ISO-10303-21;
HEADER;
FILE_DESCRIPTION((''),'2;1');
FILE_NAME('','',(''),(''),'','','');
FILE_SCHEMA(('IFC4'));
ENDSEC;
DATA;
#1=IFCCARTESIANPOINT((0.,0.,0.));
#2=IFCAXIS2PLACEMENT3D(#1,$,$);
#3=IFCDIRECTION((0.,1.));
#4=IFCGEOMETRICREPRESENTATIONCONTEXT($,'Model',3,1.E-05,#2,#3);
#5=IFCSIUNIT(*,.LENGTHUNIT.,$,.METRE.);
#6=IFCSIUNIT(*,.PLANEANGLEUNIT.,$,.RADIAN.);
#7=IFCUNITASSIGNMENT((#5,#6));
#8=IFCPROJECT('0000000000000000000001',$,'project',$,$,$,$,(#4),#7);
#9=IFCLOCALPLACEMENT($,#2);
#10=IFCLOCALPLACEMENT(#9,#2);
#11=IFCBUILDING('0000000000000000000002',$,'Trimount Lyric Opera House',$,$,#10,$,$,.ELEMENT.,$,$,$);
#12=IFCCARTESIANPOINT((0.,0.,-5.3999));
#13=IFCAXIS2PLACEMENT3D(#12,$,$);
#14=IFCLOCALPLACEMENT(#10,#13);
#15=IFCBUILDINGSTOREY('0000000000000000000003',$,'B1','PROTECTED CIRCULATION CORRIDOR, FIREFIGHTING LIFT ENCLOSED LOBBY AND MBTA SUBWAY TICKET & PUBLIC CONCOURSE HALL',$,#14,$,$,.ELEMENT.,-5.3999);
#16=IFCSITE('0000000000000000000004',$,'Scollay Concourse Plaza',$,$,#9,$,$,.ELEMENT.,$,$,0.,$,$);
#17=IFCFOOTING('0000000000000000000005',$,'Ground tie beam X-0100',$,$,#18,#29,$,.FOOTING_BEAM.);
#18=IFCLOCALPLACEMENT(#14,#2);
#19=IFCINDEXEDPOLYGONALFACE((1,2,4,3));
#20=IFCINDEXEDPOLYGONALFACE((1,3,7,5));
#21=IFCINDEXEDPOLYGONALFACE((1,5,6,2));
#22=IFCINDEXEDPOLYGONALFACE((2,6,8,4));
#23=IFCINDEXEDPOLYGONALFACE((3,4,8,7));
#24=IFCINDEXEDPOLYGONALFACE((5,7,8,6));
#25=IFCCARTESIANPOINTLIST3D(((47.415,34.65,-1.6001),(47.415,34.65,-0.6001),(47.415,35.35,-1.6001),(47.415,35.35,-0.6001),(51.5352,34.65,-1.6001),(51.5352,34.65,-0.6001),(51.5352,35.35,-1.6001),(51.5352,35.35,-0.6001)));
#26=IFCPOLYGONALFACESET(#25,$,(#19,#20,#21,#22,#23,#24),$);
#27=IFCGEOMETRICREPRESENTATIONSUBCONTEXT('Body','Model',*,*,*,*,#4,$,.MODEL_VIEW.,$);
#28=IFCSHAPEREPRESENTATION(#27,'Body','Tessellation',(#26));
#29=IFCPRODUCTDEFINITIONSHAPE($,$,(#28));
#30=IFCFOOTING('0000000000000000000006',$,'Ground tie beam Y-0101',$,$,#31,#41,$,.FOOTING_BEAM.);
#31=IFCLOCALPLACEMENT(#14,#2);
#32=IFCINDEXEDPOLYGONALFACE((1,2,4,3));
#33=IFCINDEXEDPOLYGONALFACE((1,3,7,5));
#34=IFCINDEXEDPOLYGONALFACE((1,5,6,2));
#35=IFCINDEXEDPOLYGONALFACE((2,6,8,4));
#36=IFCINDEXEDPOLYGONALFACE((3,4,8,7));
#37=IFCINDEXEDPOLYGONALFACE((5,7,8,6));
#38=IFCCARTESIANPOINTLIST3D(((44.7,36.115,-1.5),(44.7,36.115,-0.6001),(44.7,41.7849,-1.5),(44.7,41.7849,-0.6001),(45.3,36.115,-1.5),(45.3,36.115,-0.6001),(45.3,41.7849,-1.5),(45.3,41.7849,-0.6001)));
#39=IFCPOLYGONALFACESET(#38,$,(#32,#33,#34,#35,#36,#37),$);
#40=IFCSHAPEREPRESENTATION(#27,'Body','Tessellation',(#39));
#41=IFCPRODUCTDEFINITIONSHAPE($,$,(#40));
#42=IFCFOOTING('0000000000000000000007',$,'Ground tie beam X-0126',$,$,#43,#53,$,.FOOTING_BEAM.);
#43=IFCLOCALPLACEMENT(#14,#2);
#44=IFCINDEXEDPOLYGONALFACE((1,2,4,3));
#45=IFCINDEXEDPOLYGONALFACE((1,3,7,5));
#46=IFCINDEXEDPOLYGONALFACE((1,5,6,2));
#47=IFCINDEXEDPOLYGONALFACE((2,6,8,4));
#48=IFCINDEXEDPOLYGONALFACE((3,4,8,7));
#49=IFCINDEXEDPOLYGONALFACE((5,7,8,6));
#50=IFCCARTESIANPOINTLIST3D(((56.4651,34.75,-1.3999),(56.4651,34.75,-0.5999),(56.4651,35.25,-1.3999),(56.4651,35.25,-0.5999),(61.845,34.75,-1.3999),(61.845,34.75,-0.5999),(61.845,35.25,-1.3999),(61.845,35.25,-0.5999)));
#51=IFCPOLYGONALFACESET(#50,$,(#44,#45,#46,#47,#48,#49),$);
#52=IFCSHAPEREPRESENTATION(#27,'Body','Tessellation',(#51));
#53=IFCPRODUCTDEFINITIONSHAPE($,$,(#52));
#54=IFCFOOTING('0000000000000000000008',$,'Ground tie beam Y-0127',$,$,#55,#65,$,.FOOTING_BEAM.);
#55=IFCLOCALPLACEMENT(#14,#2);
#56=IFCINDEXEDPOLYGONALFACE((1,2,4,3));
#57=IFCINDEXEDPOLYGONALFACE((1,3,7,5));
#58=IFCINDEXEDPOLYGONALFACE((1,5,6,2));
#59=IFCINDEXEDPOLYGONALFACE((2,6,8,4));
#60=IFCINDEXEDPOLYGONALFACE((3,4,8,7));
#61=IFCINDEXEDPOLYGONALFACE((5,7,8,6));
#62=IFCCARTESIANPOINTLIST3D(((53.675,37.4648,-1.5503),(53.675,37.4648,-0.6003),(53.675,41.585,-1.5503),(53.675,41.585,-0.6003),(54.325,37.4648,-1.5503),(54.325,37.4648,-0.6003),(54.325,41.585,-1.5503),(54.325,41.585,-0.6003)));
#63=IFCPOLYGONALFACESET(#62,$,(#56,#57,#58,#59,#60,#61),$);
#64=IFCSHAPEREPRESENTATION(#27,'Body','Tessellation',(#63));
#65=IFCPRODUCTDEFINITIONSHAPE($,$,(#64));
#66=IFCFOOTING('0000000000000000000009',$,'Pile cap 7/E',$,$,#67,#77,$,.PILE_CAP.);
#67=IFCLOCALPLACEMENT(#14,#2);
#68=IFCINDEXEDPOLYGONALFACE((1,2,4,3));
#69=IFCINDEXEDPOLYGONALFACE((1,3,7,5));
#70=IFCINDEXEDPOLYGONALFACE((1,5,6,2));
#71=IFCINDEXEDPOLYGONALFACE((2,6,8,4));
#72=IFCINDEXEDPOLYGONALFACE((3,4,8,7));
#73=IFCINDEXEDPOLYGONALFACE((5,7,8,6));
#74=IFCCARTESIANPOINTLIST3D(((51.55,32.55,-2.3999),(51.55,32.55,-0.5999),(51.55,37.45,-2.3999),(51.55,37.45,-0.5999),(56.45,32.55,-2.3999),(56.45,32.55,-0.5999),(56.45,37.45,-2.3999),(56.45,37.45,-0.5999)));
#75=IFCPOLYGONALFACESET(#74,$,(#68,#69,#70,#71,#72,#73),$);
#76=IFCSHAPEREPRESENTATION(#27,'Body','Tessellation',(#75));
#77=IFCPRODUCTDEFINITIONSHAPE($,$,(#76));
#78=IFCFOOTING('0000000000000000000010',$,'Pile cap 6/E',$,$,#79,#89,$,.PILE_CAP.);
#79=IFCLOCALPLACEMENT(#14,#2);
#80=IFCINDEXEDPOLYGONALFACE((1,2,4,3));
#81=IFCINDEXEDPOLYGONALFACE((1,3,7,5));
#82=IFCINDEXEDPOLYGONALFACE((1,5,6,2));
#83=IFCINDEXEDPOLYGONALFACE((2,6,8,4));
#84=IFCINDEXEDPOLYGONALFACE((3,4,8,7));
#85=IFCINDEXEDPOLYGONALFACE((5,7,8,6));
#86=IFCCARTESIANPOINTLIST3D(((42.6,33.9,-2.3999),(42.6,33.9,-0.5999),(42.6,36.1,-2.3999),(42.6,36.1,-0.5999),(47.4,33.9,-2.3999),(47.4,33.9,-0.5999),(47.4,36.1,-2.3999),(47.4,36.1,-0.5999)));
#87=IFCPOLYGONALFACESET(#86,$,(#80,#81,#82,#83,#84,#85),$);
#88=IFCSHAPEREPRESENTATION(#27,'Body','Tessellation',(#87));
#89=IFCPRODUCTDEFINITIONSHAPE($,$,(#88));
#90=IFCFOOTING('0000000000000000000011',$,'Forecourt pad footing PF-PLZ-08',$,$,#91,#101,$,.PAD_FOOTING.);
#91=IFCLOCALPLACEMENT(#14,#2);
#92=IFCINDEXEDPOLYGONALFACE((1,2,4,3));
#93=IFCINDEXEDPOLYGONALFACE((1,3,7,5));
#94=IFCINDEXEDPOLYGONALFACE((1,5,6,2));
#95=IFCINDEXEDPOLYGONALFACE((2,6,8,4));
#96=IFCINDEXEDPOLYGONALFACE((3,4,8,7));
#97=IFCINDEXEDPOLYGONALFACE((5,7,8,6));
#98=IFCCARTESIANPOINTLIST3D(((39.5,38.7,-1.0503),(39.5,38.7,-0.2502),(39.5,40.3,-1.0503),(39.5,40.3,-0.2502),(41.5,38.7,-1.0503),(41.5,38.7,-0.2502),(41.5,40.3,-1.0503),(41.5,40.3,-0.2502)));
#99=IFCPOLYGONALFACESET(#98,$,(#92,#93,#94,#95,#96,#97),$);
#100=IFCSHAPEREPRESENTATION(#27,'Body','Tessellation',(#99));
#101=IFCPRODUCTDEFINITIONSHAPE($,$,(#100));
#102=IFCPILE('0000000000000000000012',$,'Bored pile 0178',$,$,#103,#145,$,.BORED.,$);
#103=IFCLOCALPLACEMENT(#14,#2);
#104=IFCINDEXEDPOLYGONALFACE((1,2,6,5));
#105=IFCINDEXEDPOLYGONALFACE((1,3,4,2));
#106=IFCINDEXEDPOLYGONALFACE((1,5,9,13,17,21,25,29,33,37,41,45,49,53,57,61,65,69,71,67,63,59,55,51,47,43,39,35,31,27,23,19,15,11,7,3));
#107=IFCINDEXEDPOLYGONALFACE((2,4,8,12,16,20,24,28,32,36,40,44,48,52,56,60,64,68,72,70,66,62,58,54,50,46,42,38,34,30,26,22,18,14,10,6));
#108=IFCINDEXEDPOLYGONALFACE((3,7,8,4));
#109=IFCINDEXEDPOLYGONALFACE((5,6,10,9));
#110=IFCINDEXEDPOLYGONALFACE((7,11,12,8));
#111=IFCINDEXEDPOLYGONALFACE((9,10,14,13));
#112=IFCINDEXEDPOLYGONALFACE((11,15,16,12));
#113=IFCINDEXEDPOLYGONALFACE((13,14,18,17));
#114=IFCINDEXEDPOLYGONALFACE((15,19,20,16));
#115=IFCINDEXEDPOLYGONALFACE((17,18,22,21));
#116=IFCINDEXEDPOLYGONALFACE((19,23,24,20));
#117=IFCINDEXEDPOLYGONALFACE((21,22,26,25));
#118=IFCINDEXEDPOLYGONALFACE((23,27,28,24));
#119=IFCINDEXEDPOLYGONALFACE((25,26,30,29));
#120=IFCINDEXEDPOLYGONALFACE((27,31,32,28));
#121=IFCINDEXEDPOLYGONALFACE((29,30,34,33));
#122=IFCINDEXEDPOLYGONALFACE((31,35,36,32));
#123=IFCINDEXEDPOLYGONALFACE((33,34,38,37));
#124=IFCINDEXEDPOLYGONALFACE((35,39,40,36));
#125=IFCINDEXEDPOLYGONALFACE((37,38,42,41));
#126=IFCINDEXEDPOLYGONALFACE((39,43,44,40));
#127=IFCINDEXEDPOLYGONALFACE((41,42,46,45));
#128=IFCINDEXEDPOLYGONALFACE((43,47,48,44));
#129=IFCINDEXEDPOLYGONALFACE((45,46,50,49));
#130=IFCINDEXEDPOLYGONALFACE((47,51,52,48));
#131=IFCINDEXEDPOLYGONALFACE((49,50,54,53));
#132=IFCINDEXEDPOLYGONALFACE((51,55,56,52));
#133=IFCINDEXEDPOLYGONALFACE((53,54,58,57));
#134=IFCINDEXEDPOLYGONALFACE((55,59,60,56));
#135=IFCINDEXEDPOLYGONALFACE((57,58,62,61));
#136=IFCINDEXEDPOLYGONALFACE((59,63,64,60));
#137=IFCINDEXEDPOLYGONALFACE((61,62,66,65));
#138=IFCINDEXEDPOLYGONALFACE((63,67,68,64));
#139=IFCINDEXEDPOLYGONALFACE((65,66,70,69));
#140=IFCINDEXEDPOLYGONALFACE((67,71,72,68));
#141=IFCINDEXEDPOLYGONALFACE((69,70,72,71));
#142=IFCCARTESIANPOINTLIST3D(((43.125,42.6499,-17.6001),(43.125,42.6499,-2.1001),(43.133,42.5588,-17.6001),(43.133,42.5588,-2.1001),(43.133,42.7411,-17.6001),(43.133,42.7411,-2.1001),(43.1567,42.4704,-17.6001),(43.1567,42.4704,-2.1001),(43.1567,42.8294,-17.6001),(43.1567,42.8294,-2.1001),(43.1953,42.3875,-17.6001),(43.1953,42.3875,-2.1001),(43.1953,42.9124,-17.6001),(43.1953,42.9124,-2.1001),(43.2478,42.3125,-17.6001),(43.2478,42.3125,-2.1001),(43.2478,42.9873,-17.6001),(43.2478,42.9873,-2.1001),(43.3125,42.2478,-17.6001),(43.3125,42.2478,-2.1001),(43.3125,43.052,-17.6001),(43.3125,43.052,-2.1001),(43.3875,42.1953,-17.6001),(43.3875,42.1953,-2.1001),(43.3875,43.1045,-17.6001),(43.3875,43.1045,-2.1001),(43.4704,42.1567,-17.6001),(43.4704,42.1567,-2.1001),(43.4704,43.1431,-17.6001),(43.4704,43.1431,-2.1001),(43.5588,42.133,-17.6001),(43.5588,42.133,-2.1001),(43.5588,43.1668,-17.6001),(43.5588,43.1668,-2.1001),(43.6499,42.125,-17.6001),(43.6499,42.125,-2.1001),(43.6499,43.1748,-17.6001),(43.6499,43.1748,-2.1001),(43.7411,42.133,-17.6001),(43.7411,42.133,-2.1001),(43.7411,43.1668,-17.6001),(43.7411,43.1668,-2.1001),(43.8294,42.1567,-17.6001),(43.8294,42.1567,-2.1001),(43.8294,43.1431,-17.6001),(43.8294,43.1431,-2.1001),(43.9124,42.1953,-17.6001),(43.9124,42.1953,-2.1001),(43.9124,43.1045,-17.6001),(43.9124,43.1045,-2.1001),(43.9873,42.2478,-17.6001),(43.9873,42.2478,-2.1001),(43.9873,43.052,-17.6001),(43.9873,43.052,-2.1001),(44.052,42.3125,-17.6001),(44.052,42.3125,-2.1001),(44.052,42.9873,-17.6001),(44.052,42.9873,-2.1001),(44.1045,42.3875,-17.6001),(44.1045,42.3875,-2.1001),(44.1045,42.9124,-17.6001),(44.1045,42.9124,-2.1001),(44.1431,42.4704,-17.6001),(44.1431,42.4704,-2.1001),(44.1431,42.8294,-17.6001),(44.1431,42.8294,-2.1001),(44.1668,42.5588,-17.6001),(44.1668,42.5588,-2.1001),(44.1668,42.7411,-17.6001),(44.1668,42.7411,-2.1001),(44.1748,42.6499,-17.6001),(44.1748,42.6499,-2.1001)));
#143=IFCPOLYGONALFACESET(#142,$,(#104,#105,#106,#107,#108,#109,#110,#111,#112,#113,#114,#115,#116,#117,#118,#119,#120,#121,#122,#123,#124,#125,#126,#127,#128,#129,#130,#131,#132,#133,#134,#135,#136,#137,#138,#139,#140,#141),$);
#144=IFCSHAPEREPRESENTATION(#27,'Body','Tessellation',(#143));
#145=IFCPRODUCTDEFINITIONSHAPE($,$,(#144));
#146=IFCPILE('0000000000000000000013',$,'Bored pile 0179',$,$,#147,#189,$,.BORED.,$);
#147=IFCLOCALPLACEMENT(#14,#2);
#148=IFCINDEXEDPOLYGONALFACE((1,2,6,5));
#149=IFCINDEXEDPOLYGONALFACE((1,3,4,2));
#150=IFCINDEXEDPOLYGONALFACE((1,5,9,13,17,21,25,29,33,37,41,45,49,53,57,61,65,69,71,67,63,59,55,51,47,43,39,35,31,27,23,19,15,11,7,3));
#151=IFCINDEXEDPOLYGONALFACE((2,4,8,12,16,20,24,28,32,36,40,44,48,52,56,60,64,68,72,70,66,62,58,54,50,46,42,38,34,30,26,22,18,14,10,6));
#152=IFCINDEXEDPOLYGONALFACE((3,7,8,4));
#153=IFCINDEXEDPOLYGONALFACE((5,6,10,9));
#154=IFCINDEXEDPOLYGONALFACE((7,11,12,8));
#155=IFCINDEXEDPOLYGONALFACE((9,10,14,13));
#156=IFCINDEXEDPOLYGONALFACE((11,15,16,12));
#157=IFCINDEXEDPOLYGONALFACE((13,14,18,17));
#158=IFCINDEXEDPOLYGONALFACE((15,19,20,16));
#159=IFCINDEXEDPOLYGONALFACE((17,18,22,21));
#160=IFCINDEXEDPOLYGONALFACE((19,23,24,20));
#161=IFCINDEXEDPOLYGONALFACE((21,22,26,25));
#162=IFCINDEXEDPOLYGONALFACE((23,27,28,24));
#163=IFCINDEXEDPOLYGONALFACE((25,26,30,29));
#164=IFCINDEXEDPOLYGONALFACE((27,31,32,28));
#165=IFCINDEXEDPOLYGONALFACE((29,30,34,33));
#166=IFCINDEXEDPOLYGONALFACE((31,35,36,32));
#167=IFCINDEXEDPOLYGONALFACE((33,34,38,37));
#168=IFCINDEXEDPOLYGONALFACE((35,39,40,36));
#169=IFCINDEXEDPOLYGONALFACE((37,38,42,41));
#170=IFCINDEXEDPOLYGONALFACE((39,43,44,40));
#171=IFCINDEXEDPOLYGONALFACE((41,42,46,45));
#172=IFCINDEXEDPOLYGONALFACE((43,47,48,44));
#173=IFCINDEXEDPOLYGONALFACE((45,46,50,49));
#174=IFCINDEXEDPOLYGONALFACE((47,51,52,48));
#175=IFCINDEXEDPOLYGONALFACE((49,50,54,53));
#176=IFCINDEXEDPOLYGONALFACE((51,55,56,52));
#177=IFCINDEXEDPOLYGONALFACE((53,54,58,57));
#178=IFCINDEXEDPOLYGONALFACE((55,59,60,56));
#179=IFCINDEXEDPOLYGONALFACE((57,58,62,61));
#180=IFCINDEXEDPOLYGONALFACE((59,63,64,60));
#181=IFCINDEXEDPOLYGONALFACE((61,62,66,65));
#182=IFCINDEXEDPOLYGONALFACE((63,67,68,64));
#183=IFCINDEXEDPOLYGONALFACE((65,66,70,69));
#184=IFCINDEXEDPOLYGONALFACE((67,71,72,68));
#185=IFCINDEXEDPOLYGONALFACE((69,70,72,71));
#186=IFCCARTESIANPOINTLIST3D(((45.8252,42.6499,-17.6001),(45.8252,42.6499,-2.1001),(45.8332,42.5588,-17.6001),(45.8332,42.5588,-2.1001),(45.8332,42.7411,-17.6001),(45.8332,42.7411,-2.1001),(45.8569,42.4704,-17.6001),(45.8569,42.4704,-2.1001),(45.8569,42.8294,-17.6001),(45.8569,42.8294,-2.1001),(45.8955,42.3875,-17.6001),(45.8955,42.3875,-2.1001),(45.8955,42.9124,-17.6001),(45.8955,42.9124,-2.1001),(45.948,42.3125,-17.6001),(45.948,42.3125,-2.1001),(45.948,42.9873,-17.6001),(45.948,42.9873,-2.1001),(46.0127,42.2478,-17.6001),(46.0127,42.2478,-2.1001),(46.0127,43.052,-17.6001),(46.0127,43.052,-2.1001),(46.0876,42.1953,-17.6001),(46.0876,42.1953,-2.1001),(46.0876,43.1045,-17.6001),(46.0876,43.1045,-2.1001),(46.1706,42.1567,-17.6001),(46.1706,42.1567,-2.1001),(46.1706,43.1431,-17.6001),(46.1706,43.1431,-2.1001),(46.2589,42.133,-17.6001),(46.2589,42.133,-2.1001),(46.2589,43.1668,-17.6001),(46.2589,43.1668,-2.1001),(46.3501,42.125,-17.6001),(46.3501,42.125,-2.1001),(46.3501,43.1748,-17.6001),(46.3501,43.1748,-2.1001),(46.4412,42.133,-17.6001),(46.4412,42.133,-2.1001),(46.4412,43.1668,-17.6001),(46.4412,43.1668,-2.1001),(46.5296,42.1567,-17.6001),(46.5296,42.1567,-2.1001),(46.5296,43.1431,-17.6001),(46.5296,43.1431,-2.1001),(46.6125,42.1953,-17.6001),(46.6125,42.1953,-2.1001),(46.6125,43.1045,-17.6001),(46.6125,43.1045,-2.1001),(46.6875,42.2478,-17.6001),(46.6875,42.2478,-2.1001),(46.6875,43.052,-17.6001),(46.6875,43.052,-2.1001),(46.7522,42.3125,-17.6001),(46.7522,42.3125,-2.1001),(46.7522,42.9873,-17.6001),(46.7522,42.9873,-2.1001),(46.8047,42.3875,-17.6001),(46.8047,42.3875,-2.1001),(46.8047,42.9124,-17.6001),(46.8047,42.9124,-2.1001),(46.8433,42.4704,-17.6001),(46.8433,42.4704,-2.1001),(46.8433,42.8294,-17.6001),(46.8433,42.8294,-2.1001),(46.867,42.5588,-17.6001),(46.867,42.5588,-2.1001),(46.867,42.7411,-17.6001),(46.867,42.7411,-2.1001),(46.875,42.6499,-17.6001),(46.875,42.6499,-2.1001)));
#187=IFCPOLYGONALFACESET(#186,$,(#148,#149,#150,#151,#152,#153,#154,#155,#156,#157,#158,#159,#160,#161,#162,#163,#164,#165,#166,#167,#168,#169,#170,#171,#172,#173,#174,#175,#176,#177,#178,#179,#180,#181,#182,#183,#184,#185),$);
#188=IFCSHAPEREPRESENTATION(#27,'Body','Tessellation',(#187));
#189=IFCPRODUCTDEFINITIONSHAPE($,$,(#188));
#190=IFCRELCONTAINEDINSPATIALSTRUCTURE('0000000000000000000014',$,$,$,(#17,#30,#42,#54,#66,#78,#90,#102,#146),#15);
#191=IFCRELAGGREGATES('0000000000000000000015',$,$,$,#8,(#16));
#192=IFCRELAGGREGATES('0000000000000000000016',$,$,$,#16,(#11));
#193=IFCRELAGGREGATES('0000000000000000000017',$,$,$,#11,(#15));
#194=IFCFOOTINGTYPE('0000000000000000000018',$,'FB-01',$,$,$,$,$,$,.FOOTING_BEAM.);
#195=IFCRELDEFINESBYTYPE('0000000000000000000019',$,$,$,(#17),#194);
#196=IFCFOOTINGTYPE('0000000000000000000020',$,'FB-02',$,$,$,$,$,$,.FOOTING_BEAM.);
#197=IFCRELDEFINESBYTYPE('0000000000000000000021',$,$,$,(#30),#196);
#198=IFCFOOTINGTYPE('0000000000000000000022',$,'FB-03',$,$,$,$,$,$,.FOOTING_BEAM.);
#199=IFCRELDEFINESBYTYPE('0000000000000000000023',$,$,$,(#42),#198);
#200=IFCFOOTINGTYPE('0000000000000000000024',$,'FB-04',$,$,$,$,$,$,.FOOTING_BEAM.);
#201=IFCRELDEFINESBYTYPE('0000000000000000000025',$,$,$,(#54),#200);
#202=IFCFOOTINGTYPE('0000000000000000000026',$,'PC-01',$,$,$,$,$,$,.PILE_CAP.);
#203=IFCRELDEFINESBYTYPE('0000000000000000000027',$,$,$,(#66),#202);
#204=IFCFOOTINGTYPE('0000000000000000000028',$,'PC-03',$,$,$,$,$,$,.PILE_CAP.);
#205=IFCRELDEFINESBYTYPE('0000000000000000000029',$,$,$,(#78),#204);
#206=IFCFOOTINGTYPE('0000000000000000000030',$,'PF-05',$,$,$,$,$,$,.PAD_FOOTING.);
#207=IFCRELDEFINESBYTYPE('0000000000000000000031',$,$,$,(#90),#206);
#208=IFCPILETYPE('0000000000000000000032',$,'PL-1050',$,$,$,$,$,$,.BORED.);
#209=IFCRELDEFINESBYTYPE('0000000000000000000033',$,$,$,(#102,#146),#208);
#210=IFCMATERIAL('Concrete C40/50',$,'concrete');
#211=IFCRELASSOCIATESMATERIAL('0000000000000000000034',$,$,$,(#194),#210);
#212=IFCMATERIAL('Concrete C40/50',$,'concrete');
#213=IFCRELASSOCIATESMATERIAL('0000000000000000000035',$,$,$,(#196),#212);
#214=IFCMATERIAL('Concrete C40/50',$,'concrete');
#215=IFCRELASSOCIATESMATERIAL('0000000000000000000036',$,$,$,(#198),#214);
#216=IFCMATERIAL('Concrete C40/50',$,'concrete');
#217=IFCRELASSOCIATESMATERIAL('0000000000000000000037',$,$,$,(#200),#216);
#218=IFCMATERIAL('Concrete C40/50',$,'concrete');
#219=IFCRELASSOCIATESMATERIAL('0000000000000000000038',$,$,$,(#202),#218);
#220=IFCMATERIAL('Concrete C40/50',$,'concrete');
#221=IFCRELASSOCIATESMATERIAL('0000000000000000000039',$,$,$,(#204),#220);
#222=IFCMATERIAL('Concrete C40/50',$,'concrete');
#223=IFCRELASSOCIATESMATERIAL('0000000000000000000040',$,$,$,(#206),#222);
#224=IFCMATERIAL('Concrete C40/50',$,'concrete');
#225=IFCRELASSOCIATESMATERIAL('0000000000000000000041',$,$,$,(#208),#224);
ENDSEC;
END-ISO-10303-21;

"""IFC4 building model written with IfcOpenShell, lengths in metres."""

from ifc_helpers import new_model, si_unit, direction, frame, origin, origin_2d, place, context, subcontext, project, spatial, rectangle, circle, extrude, material, material_profile, profile_set, type_object, element, save


model = new_model("IFC4")

# Units and contexts
model_context = context("Model", 3, precision=1e-05, world=origin(), true_north=direction((0.0, 1.0)))
body_context = subcontext(model_context, "Body", "Model", "MODEL_VIEW")
ifc_project = project(units=[si_unit("LENGTHUNIT", "METRE"), si_unit("PLANEANGLEUNIT", "RADIAN")], contexts=[model_context])

# Site, building, storey
site_placement = place(None, origin())
site = spatial("IfcSite", under=ifc_project, at=site_placement, Name="Scollay Concourse Plaza", CompositionType="ELEMENT", RefElevation=0.0)
building_placement = place(site_placement, origin())
building = spatial("IfcBuilding", under=site, at=building_placement, Name="Trimount Lyric Opera House", CompositionType="ELEMENT")
storey_placement = place(building_placement, frame((0.0, 0.0, -5.3999)))
storey = spatial("IfcBuildingStorey", under=building, at=storey_placement, Name="B1", Description="PROTECTED CIRCULATION CORRIDOR, FIREFIGHTING LIFT ENCLOSED LOBBY AND MBTA SUBWAY TICKET & PUBLIC CONCOURSE HALL", CompositionType="ELEMENT", Elevation=-5.3999)

# Footings
ifc_material_1 = material(Name="Concrete C40/50", Category="concrete")
footing_type_1 = type_object("IfcFootingType", Name="FB-01", PredefinedType="FOOTING_BEAM", material=ifc_material_1)
footing_1_placement = place(storey_placement, frame((49.4751, 35.0, -1.6001), z_axis=(0.0, 0.0, 1.0), x_axis=(1.0, 0.0, 0.0)))
element("IfcFooting", 1, at=footing_1_placement, inside=storey, type_object=footing_type_1, Name="Ground tie beam X-0100", PredefinedType="FOOTING_BEAM", context=body_context, shape_type="SweptSolid", body=[
    extrude(rectangle(XDim=4.1201, YDim=0.7, at=origin_2d()), origin(), (0.0, 0.0, 1.0), 1.0),
])
ifc_material_2 = material(Name="Concrete C40/50", Category="concrete")
footing_type_2 = type_object("IfcFootingType", Name="FB-02", PredefinedType="FOOTING_BEAM", material=ifc_material_2)
footing_2_placement = place(storey_placement, frame((45.0, 38.95, -1.5), z_axis=(0.0, 0.0, 1.0), x_axis=(1.0, 0.0, 0.0)))
element("IfcFooting", 2, at=footing_2_placement, inside=storey, type_object=footing_type_2, Name="Ground tie beam Y-0101", PredefinedType="FOOTING_BEAM", context=body_context, shape_type="SweptSolid", body=[
    extrude(rectangle(XDim=0.6001, YDim=5.6699, at=origin_2d()), origin(), (0.0, 0.0, 1.0), 0.8999),
])
ifc_material_3 = material(Name="Concrete C40/50", Category="concrete")
footing_type_3 = type_object("IfcFootingType", Name="FB-03", PredefinedType="FOOTING_BEAM", material=ifc_material_3)
footing_3_placement = place(storey_placement, frame((59.155, 35.0, -1.3999), z_axis=(0.0, 0.0, 1.0), x_axis=(1.0, 0.0, 0.0)))
element("IfcFooting", 3, at=footing_3_placement, inside=storey, type_object=footing_type_3, Name="Ground tie beam X-0126", PredefinedType="FOOTING_BEAM", context=body_context, shape_type="SweptSolid", body=[
    extrude(rectangle(XDim=5.3799, YDim=0.5, at=origin_2d()), origin(), (0.0, 0.0, 1.0), 0.8),
])
ifc_material_4 = material(Name="Concrete C40/50", Category="concrete")
footing_type_4 = type_object("IfcFootingType", Name="FB-04", PredefinedType="FOOTING_BEAM", material=ifc_material_4)
footing_4_placement = place(storey_placement, frame((54.0, 39.5249, -1.5503), z_axis=(0.0, 0.0, 1.0), x_axis=(1.0, 0.0, 0.0)))
element("IfcFooting", 4, at=footing_4_placement, inside=storey, type_object=footing_type_4, Name="Ground tie beam Y-0127", PredefinedType="FOOTING_BEAM", context=body_context, shape_type="SweptSolid", body=[
    extrude(rectangle(XDim=0.6499, YDim=4.1201, at=origin_2d()), origin(), (0.0, 0.0, 1.0), 0.95),
])
ifc_material_5 = material(Name="Concrete C40/50", Category="concrete")
footing_type_5 = type_object("IfcFootingType", Name="PC-01", PredefinedType="PILE_CAP", material=ifc_material_5)
footing_5_placement = place(storey_placement, frame((54.0, 35.0, -2.3999), z_axis=(0.0, 0.0, 1.0), x_axis=(1.0, 0.0, 0.0)))
element("IfcFooting", 5, at=footing_5_placement, inside=storey, type_object=footing_type_5, Name="Pile cap 7/E", PredefinedType="PILE_CAP", context=body_context, shape_type="SweptSolid", body=[
    extrude(rectangle(XDim=4.8999, YDim=4.8999, at=origin_2d()), origin(), (0.0, 0.0, 1.0), 1.8),
])
ifc_material_6 = material(Name="Concrete C40/50", Category="concrete")
footing_type_6 = type_object("IfcFootingType", Name="PC-03", PredefinedType="PILE_CAP", material=ifc_material_6)
footing_6_placement = place(storey_placement, frame((45.0, 35.0, -2.3999), z_axis=(0.0, 0.0, 1.0), x_axis=(1.0, 0.0, 0.0)))
element("IfcFooting", 6, at=footing_6_placement, inside=storey, type_object=footing_type_6, Name="Pile cap 6/E", PredefinedType="PILE_CAP", context=body_context, shape_type="SweptSolid", body=[
    extrude(rectangle(XDim=4.8, YDim=2.2, at=origin_2d()), origin(), (0.0, 0.0, 1.0), 1.8),
])
ifc_material_7 = material(Name="Concrete C40/50", Category="concrete")
footing_type_7 = type_object("IfcFootingType", Name="PF-05", PredefinedType="PAD_FOOTING", material=ifc_material_7)
footing_7_placement = place(storey_placement, frame((40.5, 39.5, -1.0503), z_axis=(0.0, 0.0, 1.0), x_axis=(1.0, 0.0, 0.0)))
element("IfcFooting", 7, at=footing_7_placement, inside=storey, type_object=footing_type_7, Name="Forecourt pad footing PF-PLZ-08", PredefinedType="PAD_FOOTING", context=body_context, shape_type="SweptSolid", body=[
    extrude(rectangle(XDim=2.0, YDim=1.6001, at=origin_2d()), origin(), (0.0, 0.0, 1.0), 0.8),
])

# Piles
ifc_material_8 = material(Name="Concrete C40/50", Category="concrete")
ifc_material_profile_1 = material_profile(ifc_material_8, circle(Radius=0.5249, at=origin_2d()), Name="PILE-D1050")
ifc_profile_set_1 = profile_set([ifc_material_profile_1], Name="Concrete C40/50")
pile_type_1 = type_object("IfcPileType", Name="PL-1050", PredefinedType="BORED", material=ifc_profile_set_1)
for number, where, z_axis, x_axis, name in (
    (8, (43.6499, 42.6499, -2.1001), (0.0, 0.0, -1.0), (1.0, 0.0, 0.0), "Bored pile 0178"),
    (9, (46.3501, 42.6499, -2.1001), (0.0, 0.0, -1.0), (1.0, 0.0, 0.0), "Bored pile 0179"),
):
    element("IfcPile", number, at=place(storey_placement, frame(where, z_axis=z_axis, x_axis=x_axis)), inside=storey, type_object=pile_type_1, Name=name, PredefinedType="BORED", context=body_context, shape_type="SweptSolid", body=[
        extrude(circle(Radius=0.5249, at=origin_2d()), origin(), (0.0, 0.0, 1.0), 15.5),
    ])

save(model, "model.ifc")
